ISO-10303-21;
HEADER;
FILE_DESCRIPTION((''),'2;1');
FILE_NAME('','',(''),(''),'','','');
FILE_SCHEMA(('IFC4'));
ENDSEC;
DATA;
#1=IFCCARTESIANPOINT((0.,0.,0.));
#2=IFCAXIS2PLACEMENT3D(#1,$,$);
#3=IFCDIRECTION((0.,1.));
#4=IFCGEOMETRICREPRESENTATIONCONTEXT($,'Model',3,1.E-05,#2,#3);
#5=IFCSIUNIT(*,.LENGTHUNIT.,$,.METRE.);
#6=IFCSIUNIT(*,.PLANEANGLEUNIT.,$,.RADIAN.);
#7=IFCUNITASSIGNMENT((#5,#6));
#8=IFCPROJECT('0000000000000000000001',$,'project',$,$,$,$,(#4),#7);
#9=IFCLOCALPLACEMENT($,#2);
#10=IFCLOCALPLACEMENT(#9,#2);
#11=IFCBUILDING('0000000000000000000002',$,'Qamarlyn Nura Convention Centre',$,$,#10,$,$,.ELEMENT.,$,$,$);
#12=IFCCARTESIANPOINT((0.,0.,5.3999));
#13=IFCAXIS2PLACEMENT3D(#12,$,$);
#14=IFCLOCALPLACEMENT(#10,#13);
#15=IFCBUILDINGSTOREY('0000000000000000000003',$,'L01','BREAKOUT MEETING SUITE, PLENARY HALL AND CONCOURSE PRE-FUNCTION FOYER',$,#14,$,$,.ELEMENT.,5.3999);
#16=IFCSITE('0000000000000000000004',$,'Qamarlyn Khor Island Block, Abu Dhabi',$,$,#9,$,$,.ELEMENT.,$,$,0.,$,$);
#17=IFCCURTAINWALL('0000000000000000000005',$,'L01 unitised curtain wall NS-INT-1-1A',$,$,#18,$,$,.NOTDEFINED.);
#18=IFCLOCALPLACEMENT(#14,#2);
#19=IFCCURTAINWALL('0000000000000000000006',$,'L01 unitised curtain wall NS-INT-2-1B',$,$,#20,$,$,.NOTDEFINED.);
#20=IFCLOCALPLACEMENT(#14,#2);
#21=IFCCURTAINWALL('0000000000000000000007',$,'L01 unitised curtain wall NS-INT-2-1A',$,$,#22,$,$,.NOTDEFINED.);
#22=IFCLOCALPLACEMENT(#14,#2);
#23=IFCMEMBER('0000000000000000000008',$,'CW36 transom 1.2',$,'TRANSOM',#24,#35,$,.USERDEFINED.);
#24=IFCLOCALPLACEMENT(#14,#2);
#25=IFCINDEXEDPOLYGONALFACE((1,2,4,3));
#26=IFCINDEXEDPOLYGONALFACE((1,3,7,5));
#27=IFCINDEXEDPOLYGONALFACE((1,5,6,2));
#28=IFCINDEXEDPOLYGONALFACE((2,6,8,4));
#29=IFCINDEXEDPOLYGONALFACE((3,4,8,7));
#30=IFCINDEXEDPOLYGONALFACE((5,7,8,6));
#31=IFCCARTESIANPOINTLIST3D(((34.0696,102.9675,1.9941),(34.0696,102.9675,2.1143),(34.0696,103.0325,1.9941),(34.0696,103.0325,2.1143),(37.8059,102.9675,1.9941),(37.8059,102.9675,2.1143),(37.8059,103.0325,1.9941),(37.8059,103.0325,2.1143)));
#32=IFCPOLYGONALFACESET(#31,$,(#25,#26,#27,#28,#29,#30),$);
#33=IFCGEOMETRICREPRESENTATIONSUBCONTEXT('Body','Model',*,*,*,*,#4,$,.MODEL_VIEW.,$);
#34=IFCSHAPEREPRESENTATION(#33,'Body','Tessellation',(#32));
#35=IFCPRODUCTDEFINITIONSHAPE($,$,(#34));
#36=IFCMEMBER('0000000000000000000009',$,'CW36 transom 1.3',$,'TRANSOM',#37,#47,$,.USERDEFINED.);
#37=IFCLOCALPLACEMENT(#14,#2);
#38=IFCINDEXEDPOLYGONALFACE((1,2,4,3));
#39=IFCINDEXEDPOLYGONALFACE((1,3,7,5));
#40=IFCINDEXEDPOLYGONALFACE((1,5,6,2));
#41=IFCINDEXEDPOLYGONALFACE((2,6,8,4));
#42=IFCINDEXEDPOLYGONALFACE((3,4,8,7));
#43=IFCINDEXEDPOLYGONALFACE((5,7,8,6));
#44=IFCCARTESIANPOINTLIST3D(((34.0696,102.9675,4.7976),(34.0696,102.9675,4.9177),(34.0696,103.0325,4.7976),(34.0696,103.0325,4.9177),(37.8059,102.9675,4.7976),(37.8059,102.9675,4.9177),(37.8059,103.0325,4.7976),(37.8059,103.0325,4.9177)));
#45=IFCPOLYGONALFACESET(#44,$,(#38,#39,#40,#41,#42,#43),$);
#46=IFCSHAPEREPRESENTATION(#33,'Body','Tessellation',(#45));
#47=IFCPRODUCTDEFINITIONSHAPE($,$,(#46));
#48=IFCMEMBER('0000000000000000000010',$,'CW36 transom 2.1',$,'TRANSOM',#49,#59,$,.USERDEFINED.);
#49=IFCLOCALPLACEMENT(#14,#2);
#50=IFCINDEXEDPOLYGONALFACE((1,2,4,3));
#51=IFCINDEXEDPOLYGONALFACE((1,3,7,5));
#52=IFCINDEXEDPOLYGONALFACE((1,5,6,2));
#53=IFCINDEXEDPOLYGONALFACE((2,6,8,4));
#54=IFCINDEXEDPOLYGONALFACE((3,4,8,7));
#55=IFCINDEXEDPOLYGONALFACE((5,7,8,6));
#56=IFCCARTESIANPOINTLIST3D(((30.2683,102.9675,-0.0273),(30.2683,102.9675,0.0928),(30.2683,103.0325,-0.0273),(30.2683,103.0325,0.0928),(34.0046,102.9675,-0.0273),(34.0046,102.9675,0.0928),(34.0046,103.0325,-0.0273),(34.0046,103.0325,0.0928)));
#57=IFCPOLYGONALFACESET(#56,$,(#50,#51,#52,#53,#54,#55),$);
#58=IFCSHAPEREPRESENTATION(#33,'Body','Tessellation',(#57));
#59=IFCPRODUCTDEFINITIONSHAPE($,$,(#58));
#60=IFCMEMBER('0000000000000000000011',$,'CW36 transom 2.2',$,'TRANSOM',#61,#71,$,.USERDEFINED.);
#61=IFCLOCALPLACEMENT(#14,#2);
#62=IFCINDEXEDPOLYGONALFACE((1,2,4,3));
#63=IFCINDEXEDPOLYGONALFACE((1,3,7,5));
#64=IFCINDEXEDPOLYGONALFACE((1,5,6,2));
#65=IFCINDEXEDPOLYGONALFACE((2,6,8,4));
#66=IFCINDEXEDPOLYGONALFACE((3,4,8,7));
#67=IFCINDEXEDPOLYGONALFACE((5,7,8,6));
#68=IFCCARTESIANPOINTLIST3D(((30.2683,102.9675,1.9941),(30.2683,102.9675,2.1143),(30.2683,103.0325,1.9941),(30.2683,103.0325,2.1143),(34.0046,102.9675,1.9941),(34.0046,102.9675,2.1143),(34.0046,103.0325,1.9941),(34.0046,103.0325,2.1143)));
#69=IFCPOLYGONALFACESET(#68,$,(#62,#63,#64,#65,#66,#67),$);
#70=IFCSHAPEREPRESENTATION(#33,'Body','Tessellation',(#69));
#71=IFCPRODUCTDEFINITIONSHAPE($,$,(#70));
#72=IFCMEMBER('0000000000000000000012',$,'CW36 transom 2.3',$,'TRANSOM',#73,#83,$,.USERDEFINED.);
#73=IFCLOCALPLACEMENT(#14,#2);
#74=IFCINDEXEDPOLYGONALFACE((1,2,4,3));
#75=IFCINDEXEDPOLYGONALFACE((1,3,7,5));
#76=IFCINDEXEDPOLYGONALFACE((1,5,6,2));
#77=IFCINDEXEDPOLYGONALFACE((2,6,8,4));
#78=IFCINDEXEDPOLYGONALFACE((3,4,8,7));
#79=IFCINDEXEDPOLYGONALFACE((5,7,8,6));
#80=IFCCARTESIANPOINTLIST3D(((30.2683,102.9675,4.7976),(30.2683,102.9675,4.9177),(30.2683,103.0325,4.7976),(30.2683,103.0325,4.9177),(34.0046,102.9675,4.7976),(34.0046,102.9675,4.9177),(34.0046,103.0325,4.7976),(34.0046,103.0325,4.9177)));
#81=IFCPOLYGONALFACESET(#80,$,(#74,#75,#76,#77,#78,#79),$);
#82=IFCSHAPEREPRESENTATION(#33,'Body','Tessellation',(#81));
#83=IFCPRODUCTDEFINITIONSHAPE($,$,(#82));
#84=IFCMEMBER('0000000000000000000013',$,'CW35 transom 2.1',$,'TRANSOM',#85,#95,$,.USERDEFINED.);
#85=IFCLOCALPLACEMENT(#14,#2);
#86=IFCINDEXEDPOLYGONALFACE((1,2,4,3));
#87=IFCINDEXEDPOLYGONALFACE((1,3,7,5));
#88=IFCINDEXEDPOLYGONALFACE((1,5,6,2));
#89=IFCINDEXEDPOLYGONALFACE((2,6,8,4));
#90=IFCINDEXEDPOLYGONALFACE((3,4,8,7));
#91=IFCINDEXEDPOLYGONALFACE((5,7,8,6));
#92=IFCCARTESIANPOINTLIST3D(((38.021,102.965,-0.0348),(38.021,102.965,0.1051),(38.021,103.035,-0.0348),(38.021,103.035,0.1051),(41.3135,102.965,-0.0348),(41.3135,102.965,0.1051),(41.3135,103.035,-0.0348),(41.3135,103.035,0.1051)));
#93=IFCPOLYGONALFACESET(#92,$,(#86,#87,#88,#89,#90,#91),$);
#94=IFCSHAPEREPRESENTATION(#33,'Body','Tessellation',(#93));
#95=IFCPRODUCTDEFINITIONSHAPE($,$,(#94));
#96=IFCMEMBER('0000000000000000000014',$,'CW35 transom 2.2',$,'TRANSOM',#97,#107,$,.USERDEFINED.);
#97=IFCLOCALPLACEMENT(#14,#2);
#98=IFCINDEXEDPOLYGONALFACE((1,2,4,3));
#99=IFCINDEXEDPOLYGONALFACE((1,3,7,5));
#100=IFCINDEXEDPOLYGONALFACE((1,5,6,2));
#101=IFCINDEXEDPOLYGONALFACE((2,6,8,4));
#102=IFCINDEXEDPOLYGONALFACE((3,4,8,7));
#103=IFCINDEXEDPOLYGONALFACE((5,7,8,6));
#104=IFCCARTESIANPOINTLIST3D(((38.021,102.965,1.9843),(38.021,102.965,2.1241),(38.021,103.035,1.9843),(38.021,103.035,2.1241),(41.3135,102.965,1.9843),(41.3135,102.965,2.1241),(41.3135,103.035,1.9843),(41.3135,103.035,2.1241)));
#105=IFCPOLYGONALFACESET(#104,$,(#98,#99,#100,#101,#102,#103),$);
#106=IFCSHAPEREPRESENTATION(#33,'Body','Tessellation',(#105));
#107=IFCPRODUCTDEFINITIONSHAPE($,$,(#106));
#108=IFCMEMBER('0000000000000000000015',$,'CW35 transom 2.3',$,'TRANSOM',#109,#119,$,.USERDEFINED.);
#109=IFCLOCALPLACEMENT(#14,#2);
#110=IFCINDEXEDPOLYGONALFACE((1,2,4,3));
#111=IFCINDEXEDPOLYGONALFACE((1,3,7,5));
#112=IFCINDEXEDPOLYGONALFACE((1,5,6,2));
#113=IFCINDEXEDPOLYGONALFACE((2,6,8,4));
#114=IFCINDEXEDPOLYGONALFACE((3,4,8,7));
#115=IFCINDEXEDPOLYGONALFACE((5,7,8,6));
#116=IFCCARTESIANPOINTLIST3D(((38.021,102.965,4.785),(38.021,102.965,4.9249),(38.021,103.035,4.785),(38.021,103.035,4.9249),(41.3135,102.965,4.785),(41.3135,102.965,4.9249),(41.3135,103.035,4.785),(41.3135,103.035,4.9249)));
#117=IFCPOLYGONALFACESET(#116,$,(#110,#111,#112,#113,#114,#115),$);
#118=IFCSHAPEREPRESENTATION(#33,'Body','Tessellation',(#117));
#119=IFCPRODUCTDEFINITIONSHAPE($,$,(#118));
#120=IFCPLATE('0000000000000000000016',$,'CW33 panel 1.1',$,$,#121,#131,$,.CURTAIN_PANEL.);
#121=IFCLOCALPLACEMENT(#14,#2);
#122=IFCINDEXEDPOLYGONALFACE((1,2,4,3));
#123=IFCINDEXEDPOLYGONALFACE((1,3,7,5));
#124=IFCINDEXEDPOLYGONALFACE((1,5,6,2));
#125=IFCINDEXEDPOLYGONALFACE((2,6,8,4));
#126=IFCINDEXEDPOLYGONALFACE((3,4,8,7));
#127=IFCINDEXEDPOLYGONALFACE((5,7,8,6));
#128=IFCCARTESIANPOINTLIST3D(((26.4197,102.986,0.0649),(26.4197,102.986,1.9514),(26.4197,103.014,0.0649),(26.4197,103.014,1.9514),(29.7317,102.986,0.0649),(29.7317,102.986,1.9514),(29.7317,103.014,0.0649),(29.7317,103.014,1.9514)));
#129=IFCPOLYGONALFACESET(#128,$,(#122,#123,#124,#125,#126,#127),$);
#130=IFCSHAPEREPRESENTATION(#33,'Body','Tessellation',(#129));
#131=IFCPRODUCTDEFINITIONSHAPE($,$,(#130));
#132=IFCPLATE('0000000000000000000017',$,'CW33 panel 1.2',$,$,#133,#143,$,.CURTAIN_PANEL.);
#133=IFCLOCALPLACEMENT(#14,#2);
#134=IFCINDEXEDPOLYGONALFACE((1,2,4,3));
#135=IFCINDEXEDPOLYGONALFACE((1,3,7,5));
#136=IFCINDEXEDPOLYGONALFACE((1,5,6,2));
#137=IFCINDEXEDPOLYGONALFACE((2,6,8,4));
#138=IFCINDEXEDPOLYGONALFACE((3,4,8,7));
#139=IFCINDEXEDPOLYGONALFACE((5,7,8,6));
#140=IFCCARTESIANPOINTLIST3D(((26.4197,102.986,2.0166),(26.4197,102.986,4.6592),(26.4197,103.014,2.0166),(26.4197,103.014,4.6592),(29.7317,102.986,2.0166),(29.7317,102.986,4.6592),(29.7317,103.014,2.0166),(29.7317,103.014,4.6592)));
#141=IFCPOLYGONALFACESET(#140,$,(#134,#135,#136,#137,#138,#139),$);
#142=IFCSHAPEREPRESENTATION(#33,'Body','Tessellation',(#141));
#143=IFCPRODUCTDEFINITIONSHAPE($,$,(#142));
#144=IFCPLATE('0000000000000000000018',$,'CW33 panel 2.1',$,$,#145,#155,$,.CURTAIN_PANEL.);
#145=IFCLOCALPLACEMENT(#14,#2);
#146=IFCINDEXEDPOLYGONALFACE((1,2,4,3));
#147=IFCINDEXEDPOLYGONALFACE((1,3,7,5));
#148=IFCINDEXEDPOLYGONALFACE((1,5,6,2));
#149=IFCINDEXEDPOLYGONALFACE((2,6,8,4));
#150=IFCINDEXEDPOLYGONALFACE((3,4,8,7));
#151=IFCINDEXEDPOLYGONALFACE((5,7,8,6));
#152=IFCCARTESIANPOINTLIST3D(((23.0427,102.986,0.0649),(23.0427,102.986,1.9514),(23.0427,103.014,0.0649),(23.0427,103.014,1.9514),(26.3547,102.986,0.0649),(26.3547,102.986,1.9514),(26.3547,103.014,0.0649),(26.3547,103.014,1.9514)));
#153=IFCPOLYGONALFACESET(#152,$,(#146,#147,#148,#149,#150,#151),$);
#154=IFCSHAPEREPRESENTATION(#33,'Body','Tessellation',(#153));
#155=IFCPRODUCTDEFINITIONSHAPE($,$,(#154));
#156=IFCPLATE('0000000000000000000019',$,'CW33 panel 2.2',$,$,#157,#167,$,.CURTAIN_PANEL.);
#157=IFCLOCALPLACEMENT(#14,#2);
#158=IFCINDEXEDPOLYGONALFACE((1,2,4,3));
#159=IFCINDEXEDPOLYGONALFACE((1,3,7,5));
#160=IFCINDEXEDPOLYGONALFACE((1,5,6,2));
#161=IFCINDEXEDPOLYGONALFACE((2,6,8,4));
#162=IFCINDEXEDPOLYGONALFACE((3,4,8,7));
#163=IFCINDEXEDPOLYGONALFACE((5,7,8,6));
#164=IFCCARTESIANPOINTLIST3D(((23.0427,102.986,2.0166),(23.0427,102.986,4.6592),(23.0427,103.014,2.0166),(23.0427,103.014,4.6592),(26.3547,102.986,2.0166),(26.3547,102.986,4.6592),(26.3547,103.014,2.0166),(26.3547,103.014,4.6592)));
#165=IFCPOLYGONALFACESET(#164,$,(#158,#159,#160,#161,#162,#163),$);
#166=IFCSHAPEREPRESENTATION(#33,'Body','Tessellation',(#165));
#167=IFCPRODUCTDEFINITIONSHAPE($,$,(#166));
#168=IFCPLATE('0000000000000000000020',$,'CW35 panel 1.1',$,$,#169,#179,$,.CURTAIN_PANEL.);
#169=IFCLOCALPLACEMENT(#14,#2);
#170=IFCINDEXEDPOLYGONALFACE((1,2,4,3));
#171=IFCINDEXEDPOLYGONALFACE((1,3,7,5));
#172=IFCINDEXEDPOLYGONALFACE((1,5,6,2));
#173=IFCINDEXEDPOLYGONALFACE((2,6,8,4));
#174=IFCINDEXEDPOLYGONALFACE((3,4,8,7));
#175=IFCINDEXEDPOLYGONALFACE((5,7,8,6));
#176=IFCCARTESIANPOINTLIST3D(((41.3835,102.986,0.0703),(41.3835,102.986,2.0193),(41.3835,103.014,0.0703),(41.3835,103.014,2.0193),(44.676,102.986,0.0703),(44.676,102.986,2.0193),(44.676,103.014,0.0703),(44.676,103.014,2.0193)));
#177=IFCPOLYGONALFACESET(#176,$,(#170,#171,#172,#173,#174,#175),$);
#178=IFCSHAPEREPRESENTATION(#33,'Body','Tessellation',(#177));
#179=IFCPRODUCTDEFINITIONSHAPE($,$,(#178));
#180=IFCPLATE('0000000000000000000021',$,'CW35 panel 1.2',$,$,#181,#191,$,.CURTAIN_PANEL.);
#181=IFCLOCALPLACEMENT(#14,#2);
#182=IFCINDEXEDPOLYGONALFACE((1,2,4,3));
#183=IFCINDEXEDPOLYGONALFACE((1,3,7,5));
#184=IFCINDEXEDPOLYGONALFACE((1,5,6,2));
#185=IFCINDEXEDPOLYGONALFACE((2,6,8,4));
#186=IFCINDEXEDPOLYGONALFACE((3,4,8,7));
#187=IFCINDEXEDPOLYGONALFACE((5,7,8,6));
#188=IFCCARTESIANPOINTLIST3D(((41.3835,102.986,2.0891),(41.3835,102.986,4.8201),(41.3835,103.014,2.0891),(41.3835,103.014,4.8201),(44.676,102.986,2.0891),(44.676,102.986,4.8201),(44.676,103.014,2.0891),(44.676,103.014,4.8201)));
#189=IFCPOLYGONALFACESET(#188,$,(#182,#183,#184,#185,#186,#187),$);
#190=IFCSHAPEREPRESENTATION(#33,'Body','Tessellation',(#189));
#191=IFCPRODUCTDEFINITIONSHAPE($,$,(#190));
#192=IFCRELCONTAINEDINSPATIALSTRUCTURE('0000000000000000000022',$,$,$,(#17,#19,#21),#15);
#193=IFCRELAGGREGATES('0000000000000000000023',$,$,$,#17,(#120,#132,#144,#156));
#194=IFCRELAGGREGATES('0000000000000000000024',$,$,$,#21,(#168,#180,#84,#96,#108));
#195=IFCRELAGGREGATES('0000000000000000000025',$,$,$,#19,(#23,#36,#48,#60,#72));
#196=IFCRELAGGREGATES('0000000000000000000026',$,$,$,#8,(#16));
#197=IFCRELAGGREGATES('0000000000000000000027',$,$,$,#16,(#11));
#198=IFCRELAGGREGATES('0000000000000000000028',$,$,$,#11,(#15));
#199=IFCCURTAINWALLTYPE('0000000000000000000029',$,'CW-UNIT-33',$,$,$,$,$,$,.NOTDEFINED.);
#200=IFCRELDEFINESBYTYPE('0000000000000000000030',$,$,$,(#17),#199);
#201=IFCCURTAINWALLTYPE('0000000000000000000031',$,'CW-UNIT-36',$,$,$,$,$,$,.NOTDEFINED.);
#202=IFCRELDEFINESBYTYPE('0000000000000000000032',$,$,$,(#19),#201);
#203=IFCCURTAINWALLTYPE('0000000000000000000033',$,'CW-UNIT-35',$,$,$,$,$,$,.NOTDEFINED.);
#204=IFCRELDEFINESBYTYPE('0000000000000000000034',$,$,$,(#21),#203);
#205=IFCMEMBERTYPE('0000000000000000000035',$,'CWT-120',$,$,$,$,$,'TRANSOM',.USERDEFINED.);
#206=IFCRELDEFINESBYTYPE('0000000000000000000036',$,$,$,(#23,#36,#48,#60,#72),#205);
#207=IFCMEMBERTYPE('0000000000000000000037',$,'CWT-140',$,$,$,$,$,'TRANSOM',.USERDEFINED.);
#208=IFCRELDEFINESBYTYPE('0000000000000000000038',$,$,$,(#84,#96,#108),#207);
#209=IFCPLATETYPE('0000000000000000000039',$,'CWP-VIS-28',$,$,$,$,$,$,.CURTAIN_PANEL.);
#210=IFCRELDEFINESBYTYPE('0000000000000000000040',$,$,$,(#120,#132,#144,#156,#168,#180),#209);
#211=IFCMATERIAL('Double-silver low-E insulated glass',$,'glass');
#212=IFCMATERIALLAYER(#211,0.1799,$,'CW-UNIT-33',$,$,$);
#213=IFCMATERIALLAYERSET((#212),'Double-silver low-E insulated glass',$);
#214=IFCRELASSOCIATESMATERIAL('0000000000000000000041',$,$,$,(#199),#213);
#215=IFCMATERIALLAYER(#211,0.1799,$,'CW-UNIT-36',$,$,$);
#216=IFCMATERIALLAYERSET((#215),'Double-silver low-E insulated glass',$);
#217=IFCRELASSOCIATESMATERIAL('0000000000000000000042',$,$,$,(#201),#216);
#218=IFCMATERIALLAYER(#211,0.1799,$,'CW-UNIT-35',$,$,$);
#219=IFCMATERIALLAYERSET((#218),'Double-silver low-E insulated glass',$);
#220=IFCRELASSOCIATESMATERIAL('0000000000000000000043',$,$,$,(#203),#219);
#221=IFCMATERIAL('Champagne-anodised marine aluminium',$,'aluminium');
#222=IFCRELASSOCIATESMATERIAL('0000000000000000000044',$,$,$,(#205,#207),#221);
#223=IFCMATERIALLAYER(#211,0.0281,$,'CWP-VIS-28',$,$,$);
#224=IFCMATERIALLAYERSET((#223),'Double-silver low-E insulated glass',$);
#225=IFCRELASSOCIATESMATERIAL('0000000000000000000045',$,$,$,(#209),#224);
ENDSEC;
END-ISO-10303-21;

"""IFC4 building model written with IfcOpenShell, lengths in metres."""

from ifc_helpers import new_model, si_unit, direction, frame, origin, origin_2d, place, context, subcontext, project, spatial, rectangle, extrude, material, layer, layer_set, material_profile, profile_set, type_object, element, aggregate, save


model = new_model("IFC4")

# Units and contexts
model_context = context("Model", 3, precision=1e-05, world=origin(), true_north=direction((0.0, 1.0)))
body_context = subcontext(model_context, "Body", "Model", "MODEL_VIEW")
ifc_project = project(units=[si_unit("LENGTHUNIT", "METRE"), si_unit("PLANEANGLEUNIT", "RADIAN")], contexts=[model_context])

# Site, building, storey
site_placement = place(None, origin())
site = spatial("IfcSite", under=ifc_project, at=site_placement, Name="Qamarlyn Khor Island Block, Abu Dhabi", CompositionType="ELEMENT", RefElevation=0.0)
building_placement = place(site_placement, origin())
building = spatial("IfcBuilding", under=site, at=building_placement, Name="Qamarlyn Nura Convention Centre", CompositionType="ELEMENT")
storey_placement = place(building_placement, frame((0.0, 0.0, 5.3999)))
storey = spatial("IfcBuildingStorey", under=building, at=storey_placement, Name="L01", Description="BREAKOUT MEETING SUITE, PLENARY HALL AND CONCOURSE PRE-FUNCTION FOYER", CompositionType="ELEMENT", Elevation=5.3999)

# Shared definitions
ifc_material_1 = material(Name="Double-silver low-E insulated glass", Category="glass")
ifc_material_2 = material(Name="Champagne-anodised marine aluminium", Category="aluminium")

# Curtain walls
ifc_layer_1 = layer(ifc_material_1, 0.1799, Name="CW-UNIT-33")
ifc_layer_set_1 = layer_set([ifc_layer_1], Name="Double-silver low-E insulated glass")
curtain_wall_type_1 = type_object("IfcCurtainWallType", Name="CW-UNIT-33", PredefinedType="NOTDEFINED", material=ifc_layer_set_1)
curtain_wall_1_placement = place(storey_placement, origin())
curtain_wall_1 = element("IfcCurtainWall", 1, at=curtain_wall_1_placement, inside=storey, type_object=curtain_wall_type_1, Name="L01 unitised curtain wall NS-INT-1-1A", PredefinedType="NOTDEFINED")
ifc_layer_2 = layer(ifc_material_1, 0.1799, Name="CW-UNIT-36")
ifc_layer_set_2 = layer_set([ifc_layer_2], Name="Double-silver low-E insulated glass")
curtain_wall_type_2 = type_object("IfcCurtainWallType", Name="CW-UNIT-36", PredefinedType="NOTDEFINED", material=ifc_layer_set_2)
curtain_wall_2_placement = place(storey_placement, origin())
curtain_wall_2 = element("IfcCurtainWall", 2, at=curtain_wall_2_placement, inside=storey, type_object=curtain_wall_type_2, Name="L01 unitised curtain wall NS-INT-2-1B", PredefinedType="NOTDEFINED")
ifc_layer_3 = layer(ifc_material_1, 0.1799, Name="CW-UNIT-35")
ifc_layer_set_3 = layer_set([ifc_layer_3], Name="Double-silver low-E insulated glass")
curtain_wall_type_3 = type_object("IfcCurtainWallType", Name="CW-UNIT-35", PredefinedType="NOTDEFINED", material=ifc_layer_set_3)
curtain_wall_3_placement = place(storey_placement, origin())
curtain_wall_3 = element("IfcCurtainWall", 3, at=curtain_wall_3_placement, inside=storey, type_object=curtain_wall_type_3, Name="L01 unitised curtain wall NS-INT-2-1A", PredefinedType="NOTDEFINED")

# Members
ifc_material_profile_1 = material_profile(ifc_material_2, rectangle(XDim=0.0649, YDim=0.1201, at=origin_2d()), Name="ALU TRANSOM 65x120")
ifc_profile_set_1 = profile_set([ifc_material_profile_1], Name="Champagne-anodised marine aluminium")
member_type_1 = type_object("IfcMemberType", Name="CWT-120", ElementType="TRANSOM", PredefinedType="USERDEFINED", material=ifc_profile_set_1)
member_1_placement = place(storey_placement, frame((37.8059, 103.0, 2.0542), z_axis=(-1.0, 0.0, 0.0), x_axis=(0.0, -1.0, 0.0)))
member_1 = element("IfcMember", 4, at=member_1_placement, type_object=member_type_1, Name="CW36 transom 1.2", ObjectType="TRANSOM", PredefinedType="USERDEFINED", context=body_context, shape_type="SweptSolid", body=[
    extrude(rectangle(XDim=0.0649, YDim=0.1201, at=origin_2d()), origin(), (0.0, 0.0, 1.0), 3.7363),
])
member_2_placement = place(storey_placement, frame((37.8059, 103.0, 4.8577), z_axis=(-1.0, 0.0, 0.0), x_axis=(0.0, -1.0, 0.0)))
member_2 = element("IfcMember", 5, at=member_2_placement, type_object=member_type_1, Name="CW36 transom 1.3", ObjectType="TRANSOM", PredefinedType="USERDEFINED", context=body_context, shape_type="SweptSolid", body=[
    extrude(rectangle(XDim=0.0649, YDim=0.1201, at=origin_2d()), origin(), (0.0, 0.0, 1.0), 3.7363),
])
member_3_placement = place(storey_placement, frame((34.0046, 103.0, 0.0327), z_axis=(-1.0, 0.0, 0.0), x_axis=(0.0, -1.0, 0.0)))
member_3 = element("IfcMember", 6, at=member_3_placement, type_object=member_type_1, Name="CW36 transom 2.1", ObjectType="TRANSOM", PredefinedType="USERDEFINED", context=body_context, shape_type="SweptSolid", body=[
    extrude(rectangle(XDim=0.0649, YDim=0.1201, at=origin_2d()), origin(), (0.0, 0.0, 1.0), 3.7363),
])
member_4_placement = place(storey_placement, frame((34.0046, 103.0, 2.0542), z_axis=(-1.0, 0.0, 0.0), x_axis=(0.0, -1.0, 0.0)))
member_4 = element("IfcMember", 7, at=member_4_placement, type_object=member_type_1, Name="CW36 transom 2.2", ObjectType="TRANSOM", PredefinedType="USERDEFINED", context=body_context, shape_type="SweptSolid", body=[
    extrude(rectangle(XDim=0.0649, YDim=0.1201, at=origin_2d()), origin(), (0.0, 0.0, 1.0), 3.7363),
])
member_5_placement = place(storey_placement, frame((34.0046, 103.0, 4.8577), z_axis=(-1.0, 0.0, 0.0), x_axis=(0.0, -1.0, 0.0)))
member_5 = element("IfcMember", 8, at=member_5_placement, type_object=member_type_1, Name="CW36 transom 2.3", ObjectType="TRANSOM", PredefinedType="USERDEFINED", context=body_context, shape_type="SweptSolid", body=[
    extrude(rectangle(XDim=0.0649, YDim=0.1201, at=origin_2d()), origin(), (0.0, 0.0, 1.0), 3.7363),
])
ifc_material_profile_2 = material_profile(ifc_material_2, rectangle(XDim=0.0701, YDim=0.1399, at=origin_2d()), Name="ALU TRANSOM 70x140")
ifc_profile_set_2 = profile_set([ifc_material_profile_2], Name="Champagne-anodised marine aluminium")
member_type_2 = type_object("IfcMemberType", Name="CWT-140", ElementType="TRANSOM", PredefinedType="USERDEFINED", material=ifc_profile_set_2)
member_6_placement = place(storey_placement, frame((41.3135, 103.0, 0.0352), z_axis=(-1.0, 0.0, 0.0), x_axis=(0.0, -1.0, 0.0)))
member_6 = element("IfcMember", 9, at=member_6_placement, type_object=member_type_2, Name="CW35 transom 2.1", ObjectType="TRANSOM", PredefinedType="USERDEFINED", context=body_context, shape_type="SweptSolid", body=[
    extrude(rectangle(XDim=0.0701, YDim=0.1399, at=origin_2d()), origin(), (0.0, 0.0, 1.0), 3.2925),
])
member_7_placement = place(storey_placement, frame((41.3135, 103.0, 2.0542), z_axis=(-1.0, 0.0, 0.0), x_axis=(0.0, -1.0, 0.0)))
member_7 = element("IfcMember", 10, at=member_7_placement, type_object=member_type_2, Name="CW35 transom 2.2", ObjectType="TRANSOM", PredefinedType="USERDEFINED", context=body_context, shape_type="SweptSolid", body=[
    extrude(rectangle(XDim=0.0701, YDim=0.1399, at=origin_2d()), origin(), (0.0, 0.0, 1.0), 3.2925),
])
member_8_placement = place(storey_placement, frame((41.3135, 103.0, 4.855), z_axis=(-1.0, 0.0, 0.0), x_axis=(0.0, -1.0, 0.0)))
member_8 = element("IfcMember", 11, at=member_8_placement, type_object=member_type_2, Name="CW35 transom 2.3", ObjectType="TRANSOM", PredefinedType="USERDEFINED", context=body_context, shape_type="SweptSolid", body=[
    extrude(rectangle(XDim=0.0701, YDim=0.1399, at=origin_2d()), origin(), (0.0, 0.0, 1.0), 3.2925),
])

# Plates
ifc_layer_4 = layer(ifc_material_1, 0.0281, Name="CWP-VIS-28")
ifc_layer_set_4 = layer_set([ifc_layer_4], Name="Double-silver low-E insulated glass")
plate_type_1 = type_object("IfcPlateType", Name="CWP-VIS-28", PredefinedType="CURTAIN_PANEL", material=ifc_layer_set_4)
plate_1_placement = place(storey_placement, frame((28.0757, 103.0, 0.0649), z_axis=(0.0, 0.0, 1.0), x_axis=(-1.0, 0.0, 0.0)))
plate_1 = element("IfcPlate", 12, at=plate_1_placement, type_object=plate_type_1, Name="CW33 panel 1.1", PredefinedType="CURTAIN_PANEL", context=body_context, shape_type="SweptSolid", body=[
    extrude(rectangle(XDim=3.312, YDim=0.0281, at=origin_2d()), origin(), (0.0, 0.0, 1.0), 1.8865),
])
plate_2_placement = place(storey_placement, frame((28.0757, 103.0, 2.0166), z_axis=(0.0, 0.0, 1.0), x_axis=(-1.0, 0.0, 0.0)))
plate_2 = element("IfcPlate", 13, at=plate_2_placement, type_object=plate_type_1, Name="CW33 panel 1.2", PredefinedType="CURTAIN_PANEL", context=body_context, shape_type="SweptSolid", body=[
    extrude(rectangle(XDim=3.312, YDim=0.0281, at=origin_2d()), origin(), (0.0, 0.0, 1.0), 2.6426),
])
plate_3_placement = place(storey_placement, frame((24.6987, 103.0, 0.0649), z_axis=(0.0, 0.0, 1.0), x_axis=(-1.0, 0.0, 0.0)))
plate_3 = element("IfcPlate", 14, at=plate_3_placement, type_object=plate_type_1, Name="CW33 panel 2.1", PredefinedType="CURTAIN_PANEL", context=body_context, shape_type="SweptSolid", body=[
    extrude(rectangle(XDim=3.312, YDim=0.0281, at=origin_2d()), origin(), (0.0, 0.0, 1.0), 1.8865),
])
plate_4_placement = place(storey_placement, frame((24.6987, 103.0, 2.0166), z_axis=(0.0, 0.0, 1.0), x_axis=(-1.0, 0.0, 0.0)))
plate_4 = element("IfcPlate", 15, at=plate_4_placement, type_object=plate_type_1, Name="CW33 panel 2.2", PredefinedType="CURTAIN_PANEL", context=body_context, shape_type="SweptSolid", body=[
    extrude(rectangle(XDim=3.312, YDim=0.0281, at=origin_2d()), origin(), (0.0, 0.0, 1.0), 2.6426),
])
aggregate(curtain_wall_1, [plate_1, plate_2, plate_3, plate_4])
plate_5_placement = place(storey_placement, frame((43.0298, 103.0, 0.0703), z_axis=(0.0, 0.0, 1.0), x_axis=(-1.0, 0.0, 0.0)))
plate_5 = element("IfcPlate", 16, at=plate_5_placement, type_object=plate_type_1, Name="CW35 panel 1.1", PredefinedType="CURTAIN_PANEL", context=body_context, shape_type="SweptSolid", body=[
    extrude(rectangle(XDim=3.2925, YDim=0.0281, at=origin_2d()), origin(), (0.0, 0.0, 1.0), 1.949),
])
plate_6_placement = place(storey_placement, frame((43.0298, 103.0, 2.0891), z_axis=(0.0, 0.0, 1.0), x_axis=(-1.0, 0.0, 0.0)))
plate_6 = element("IfcPlate", 17, at=plate_6_placement, type_object=plate_type_1, Name="CW35 panel 1.2", PredefinedType="CURTAIN_PANEL", context=body_context, shape_type="SweptSolid", body=[
    extrude(rectangle(XDim=3.2925, YDim=0.0281, at=origin_2d()), origin(), (0.0, 0.0, 1.0), 2.731),
])
aggregate(curtain_wall_3, [plate_5, plate_6, member_6, member_7, member_8])
aggregate(curtain_wall_2, [member_1, member_2, member_3, member_4, member_5])

save(model, "model.ifc")
